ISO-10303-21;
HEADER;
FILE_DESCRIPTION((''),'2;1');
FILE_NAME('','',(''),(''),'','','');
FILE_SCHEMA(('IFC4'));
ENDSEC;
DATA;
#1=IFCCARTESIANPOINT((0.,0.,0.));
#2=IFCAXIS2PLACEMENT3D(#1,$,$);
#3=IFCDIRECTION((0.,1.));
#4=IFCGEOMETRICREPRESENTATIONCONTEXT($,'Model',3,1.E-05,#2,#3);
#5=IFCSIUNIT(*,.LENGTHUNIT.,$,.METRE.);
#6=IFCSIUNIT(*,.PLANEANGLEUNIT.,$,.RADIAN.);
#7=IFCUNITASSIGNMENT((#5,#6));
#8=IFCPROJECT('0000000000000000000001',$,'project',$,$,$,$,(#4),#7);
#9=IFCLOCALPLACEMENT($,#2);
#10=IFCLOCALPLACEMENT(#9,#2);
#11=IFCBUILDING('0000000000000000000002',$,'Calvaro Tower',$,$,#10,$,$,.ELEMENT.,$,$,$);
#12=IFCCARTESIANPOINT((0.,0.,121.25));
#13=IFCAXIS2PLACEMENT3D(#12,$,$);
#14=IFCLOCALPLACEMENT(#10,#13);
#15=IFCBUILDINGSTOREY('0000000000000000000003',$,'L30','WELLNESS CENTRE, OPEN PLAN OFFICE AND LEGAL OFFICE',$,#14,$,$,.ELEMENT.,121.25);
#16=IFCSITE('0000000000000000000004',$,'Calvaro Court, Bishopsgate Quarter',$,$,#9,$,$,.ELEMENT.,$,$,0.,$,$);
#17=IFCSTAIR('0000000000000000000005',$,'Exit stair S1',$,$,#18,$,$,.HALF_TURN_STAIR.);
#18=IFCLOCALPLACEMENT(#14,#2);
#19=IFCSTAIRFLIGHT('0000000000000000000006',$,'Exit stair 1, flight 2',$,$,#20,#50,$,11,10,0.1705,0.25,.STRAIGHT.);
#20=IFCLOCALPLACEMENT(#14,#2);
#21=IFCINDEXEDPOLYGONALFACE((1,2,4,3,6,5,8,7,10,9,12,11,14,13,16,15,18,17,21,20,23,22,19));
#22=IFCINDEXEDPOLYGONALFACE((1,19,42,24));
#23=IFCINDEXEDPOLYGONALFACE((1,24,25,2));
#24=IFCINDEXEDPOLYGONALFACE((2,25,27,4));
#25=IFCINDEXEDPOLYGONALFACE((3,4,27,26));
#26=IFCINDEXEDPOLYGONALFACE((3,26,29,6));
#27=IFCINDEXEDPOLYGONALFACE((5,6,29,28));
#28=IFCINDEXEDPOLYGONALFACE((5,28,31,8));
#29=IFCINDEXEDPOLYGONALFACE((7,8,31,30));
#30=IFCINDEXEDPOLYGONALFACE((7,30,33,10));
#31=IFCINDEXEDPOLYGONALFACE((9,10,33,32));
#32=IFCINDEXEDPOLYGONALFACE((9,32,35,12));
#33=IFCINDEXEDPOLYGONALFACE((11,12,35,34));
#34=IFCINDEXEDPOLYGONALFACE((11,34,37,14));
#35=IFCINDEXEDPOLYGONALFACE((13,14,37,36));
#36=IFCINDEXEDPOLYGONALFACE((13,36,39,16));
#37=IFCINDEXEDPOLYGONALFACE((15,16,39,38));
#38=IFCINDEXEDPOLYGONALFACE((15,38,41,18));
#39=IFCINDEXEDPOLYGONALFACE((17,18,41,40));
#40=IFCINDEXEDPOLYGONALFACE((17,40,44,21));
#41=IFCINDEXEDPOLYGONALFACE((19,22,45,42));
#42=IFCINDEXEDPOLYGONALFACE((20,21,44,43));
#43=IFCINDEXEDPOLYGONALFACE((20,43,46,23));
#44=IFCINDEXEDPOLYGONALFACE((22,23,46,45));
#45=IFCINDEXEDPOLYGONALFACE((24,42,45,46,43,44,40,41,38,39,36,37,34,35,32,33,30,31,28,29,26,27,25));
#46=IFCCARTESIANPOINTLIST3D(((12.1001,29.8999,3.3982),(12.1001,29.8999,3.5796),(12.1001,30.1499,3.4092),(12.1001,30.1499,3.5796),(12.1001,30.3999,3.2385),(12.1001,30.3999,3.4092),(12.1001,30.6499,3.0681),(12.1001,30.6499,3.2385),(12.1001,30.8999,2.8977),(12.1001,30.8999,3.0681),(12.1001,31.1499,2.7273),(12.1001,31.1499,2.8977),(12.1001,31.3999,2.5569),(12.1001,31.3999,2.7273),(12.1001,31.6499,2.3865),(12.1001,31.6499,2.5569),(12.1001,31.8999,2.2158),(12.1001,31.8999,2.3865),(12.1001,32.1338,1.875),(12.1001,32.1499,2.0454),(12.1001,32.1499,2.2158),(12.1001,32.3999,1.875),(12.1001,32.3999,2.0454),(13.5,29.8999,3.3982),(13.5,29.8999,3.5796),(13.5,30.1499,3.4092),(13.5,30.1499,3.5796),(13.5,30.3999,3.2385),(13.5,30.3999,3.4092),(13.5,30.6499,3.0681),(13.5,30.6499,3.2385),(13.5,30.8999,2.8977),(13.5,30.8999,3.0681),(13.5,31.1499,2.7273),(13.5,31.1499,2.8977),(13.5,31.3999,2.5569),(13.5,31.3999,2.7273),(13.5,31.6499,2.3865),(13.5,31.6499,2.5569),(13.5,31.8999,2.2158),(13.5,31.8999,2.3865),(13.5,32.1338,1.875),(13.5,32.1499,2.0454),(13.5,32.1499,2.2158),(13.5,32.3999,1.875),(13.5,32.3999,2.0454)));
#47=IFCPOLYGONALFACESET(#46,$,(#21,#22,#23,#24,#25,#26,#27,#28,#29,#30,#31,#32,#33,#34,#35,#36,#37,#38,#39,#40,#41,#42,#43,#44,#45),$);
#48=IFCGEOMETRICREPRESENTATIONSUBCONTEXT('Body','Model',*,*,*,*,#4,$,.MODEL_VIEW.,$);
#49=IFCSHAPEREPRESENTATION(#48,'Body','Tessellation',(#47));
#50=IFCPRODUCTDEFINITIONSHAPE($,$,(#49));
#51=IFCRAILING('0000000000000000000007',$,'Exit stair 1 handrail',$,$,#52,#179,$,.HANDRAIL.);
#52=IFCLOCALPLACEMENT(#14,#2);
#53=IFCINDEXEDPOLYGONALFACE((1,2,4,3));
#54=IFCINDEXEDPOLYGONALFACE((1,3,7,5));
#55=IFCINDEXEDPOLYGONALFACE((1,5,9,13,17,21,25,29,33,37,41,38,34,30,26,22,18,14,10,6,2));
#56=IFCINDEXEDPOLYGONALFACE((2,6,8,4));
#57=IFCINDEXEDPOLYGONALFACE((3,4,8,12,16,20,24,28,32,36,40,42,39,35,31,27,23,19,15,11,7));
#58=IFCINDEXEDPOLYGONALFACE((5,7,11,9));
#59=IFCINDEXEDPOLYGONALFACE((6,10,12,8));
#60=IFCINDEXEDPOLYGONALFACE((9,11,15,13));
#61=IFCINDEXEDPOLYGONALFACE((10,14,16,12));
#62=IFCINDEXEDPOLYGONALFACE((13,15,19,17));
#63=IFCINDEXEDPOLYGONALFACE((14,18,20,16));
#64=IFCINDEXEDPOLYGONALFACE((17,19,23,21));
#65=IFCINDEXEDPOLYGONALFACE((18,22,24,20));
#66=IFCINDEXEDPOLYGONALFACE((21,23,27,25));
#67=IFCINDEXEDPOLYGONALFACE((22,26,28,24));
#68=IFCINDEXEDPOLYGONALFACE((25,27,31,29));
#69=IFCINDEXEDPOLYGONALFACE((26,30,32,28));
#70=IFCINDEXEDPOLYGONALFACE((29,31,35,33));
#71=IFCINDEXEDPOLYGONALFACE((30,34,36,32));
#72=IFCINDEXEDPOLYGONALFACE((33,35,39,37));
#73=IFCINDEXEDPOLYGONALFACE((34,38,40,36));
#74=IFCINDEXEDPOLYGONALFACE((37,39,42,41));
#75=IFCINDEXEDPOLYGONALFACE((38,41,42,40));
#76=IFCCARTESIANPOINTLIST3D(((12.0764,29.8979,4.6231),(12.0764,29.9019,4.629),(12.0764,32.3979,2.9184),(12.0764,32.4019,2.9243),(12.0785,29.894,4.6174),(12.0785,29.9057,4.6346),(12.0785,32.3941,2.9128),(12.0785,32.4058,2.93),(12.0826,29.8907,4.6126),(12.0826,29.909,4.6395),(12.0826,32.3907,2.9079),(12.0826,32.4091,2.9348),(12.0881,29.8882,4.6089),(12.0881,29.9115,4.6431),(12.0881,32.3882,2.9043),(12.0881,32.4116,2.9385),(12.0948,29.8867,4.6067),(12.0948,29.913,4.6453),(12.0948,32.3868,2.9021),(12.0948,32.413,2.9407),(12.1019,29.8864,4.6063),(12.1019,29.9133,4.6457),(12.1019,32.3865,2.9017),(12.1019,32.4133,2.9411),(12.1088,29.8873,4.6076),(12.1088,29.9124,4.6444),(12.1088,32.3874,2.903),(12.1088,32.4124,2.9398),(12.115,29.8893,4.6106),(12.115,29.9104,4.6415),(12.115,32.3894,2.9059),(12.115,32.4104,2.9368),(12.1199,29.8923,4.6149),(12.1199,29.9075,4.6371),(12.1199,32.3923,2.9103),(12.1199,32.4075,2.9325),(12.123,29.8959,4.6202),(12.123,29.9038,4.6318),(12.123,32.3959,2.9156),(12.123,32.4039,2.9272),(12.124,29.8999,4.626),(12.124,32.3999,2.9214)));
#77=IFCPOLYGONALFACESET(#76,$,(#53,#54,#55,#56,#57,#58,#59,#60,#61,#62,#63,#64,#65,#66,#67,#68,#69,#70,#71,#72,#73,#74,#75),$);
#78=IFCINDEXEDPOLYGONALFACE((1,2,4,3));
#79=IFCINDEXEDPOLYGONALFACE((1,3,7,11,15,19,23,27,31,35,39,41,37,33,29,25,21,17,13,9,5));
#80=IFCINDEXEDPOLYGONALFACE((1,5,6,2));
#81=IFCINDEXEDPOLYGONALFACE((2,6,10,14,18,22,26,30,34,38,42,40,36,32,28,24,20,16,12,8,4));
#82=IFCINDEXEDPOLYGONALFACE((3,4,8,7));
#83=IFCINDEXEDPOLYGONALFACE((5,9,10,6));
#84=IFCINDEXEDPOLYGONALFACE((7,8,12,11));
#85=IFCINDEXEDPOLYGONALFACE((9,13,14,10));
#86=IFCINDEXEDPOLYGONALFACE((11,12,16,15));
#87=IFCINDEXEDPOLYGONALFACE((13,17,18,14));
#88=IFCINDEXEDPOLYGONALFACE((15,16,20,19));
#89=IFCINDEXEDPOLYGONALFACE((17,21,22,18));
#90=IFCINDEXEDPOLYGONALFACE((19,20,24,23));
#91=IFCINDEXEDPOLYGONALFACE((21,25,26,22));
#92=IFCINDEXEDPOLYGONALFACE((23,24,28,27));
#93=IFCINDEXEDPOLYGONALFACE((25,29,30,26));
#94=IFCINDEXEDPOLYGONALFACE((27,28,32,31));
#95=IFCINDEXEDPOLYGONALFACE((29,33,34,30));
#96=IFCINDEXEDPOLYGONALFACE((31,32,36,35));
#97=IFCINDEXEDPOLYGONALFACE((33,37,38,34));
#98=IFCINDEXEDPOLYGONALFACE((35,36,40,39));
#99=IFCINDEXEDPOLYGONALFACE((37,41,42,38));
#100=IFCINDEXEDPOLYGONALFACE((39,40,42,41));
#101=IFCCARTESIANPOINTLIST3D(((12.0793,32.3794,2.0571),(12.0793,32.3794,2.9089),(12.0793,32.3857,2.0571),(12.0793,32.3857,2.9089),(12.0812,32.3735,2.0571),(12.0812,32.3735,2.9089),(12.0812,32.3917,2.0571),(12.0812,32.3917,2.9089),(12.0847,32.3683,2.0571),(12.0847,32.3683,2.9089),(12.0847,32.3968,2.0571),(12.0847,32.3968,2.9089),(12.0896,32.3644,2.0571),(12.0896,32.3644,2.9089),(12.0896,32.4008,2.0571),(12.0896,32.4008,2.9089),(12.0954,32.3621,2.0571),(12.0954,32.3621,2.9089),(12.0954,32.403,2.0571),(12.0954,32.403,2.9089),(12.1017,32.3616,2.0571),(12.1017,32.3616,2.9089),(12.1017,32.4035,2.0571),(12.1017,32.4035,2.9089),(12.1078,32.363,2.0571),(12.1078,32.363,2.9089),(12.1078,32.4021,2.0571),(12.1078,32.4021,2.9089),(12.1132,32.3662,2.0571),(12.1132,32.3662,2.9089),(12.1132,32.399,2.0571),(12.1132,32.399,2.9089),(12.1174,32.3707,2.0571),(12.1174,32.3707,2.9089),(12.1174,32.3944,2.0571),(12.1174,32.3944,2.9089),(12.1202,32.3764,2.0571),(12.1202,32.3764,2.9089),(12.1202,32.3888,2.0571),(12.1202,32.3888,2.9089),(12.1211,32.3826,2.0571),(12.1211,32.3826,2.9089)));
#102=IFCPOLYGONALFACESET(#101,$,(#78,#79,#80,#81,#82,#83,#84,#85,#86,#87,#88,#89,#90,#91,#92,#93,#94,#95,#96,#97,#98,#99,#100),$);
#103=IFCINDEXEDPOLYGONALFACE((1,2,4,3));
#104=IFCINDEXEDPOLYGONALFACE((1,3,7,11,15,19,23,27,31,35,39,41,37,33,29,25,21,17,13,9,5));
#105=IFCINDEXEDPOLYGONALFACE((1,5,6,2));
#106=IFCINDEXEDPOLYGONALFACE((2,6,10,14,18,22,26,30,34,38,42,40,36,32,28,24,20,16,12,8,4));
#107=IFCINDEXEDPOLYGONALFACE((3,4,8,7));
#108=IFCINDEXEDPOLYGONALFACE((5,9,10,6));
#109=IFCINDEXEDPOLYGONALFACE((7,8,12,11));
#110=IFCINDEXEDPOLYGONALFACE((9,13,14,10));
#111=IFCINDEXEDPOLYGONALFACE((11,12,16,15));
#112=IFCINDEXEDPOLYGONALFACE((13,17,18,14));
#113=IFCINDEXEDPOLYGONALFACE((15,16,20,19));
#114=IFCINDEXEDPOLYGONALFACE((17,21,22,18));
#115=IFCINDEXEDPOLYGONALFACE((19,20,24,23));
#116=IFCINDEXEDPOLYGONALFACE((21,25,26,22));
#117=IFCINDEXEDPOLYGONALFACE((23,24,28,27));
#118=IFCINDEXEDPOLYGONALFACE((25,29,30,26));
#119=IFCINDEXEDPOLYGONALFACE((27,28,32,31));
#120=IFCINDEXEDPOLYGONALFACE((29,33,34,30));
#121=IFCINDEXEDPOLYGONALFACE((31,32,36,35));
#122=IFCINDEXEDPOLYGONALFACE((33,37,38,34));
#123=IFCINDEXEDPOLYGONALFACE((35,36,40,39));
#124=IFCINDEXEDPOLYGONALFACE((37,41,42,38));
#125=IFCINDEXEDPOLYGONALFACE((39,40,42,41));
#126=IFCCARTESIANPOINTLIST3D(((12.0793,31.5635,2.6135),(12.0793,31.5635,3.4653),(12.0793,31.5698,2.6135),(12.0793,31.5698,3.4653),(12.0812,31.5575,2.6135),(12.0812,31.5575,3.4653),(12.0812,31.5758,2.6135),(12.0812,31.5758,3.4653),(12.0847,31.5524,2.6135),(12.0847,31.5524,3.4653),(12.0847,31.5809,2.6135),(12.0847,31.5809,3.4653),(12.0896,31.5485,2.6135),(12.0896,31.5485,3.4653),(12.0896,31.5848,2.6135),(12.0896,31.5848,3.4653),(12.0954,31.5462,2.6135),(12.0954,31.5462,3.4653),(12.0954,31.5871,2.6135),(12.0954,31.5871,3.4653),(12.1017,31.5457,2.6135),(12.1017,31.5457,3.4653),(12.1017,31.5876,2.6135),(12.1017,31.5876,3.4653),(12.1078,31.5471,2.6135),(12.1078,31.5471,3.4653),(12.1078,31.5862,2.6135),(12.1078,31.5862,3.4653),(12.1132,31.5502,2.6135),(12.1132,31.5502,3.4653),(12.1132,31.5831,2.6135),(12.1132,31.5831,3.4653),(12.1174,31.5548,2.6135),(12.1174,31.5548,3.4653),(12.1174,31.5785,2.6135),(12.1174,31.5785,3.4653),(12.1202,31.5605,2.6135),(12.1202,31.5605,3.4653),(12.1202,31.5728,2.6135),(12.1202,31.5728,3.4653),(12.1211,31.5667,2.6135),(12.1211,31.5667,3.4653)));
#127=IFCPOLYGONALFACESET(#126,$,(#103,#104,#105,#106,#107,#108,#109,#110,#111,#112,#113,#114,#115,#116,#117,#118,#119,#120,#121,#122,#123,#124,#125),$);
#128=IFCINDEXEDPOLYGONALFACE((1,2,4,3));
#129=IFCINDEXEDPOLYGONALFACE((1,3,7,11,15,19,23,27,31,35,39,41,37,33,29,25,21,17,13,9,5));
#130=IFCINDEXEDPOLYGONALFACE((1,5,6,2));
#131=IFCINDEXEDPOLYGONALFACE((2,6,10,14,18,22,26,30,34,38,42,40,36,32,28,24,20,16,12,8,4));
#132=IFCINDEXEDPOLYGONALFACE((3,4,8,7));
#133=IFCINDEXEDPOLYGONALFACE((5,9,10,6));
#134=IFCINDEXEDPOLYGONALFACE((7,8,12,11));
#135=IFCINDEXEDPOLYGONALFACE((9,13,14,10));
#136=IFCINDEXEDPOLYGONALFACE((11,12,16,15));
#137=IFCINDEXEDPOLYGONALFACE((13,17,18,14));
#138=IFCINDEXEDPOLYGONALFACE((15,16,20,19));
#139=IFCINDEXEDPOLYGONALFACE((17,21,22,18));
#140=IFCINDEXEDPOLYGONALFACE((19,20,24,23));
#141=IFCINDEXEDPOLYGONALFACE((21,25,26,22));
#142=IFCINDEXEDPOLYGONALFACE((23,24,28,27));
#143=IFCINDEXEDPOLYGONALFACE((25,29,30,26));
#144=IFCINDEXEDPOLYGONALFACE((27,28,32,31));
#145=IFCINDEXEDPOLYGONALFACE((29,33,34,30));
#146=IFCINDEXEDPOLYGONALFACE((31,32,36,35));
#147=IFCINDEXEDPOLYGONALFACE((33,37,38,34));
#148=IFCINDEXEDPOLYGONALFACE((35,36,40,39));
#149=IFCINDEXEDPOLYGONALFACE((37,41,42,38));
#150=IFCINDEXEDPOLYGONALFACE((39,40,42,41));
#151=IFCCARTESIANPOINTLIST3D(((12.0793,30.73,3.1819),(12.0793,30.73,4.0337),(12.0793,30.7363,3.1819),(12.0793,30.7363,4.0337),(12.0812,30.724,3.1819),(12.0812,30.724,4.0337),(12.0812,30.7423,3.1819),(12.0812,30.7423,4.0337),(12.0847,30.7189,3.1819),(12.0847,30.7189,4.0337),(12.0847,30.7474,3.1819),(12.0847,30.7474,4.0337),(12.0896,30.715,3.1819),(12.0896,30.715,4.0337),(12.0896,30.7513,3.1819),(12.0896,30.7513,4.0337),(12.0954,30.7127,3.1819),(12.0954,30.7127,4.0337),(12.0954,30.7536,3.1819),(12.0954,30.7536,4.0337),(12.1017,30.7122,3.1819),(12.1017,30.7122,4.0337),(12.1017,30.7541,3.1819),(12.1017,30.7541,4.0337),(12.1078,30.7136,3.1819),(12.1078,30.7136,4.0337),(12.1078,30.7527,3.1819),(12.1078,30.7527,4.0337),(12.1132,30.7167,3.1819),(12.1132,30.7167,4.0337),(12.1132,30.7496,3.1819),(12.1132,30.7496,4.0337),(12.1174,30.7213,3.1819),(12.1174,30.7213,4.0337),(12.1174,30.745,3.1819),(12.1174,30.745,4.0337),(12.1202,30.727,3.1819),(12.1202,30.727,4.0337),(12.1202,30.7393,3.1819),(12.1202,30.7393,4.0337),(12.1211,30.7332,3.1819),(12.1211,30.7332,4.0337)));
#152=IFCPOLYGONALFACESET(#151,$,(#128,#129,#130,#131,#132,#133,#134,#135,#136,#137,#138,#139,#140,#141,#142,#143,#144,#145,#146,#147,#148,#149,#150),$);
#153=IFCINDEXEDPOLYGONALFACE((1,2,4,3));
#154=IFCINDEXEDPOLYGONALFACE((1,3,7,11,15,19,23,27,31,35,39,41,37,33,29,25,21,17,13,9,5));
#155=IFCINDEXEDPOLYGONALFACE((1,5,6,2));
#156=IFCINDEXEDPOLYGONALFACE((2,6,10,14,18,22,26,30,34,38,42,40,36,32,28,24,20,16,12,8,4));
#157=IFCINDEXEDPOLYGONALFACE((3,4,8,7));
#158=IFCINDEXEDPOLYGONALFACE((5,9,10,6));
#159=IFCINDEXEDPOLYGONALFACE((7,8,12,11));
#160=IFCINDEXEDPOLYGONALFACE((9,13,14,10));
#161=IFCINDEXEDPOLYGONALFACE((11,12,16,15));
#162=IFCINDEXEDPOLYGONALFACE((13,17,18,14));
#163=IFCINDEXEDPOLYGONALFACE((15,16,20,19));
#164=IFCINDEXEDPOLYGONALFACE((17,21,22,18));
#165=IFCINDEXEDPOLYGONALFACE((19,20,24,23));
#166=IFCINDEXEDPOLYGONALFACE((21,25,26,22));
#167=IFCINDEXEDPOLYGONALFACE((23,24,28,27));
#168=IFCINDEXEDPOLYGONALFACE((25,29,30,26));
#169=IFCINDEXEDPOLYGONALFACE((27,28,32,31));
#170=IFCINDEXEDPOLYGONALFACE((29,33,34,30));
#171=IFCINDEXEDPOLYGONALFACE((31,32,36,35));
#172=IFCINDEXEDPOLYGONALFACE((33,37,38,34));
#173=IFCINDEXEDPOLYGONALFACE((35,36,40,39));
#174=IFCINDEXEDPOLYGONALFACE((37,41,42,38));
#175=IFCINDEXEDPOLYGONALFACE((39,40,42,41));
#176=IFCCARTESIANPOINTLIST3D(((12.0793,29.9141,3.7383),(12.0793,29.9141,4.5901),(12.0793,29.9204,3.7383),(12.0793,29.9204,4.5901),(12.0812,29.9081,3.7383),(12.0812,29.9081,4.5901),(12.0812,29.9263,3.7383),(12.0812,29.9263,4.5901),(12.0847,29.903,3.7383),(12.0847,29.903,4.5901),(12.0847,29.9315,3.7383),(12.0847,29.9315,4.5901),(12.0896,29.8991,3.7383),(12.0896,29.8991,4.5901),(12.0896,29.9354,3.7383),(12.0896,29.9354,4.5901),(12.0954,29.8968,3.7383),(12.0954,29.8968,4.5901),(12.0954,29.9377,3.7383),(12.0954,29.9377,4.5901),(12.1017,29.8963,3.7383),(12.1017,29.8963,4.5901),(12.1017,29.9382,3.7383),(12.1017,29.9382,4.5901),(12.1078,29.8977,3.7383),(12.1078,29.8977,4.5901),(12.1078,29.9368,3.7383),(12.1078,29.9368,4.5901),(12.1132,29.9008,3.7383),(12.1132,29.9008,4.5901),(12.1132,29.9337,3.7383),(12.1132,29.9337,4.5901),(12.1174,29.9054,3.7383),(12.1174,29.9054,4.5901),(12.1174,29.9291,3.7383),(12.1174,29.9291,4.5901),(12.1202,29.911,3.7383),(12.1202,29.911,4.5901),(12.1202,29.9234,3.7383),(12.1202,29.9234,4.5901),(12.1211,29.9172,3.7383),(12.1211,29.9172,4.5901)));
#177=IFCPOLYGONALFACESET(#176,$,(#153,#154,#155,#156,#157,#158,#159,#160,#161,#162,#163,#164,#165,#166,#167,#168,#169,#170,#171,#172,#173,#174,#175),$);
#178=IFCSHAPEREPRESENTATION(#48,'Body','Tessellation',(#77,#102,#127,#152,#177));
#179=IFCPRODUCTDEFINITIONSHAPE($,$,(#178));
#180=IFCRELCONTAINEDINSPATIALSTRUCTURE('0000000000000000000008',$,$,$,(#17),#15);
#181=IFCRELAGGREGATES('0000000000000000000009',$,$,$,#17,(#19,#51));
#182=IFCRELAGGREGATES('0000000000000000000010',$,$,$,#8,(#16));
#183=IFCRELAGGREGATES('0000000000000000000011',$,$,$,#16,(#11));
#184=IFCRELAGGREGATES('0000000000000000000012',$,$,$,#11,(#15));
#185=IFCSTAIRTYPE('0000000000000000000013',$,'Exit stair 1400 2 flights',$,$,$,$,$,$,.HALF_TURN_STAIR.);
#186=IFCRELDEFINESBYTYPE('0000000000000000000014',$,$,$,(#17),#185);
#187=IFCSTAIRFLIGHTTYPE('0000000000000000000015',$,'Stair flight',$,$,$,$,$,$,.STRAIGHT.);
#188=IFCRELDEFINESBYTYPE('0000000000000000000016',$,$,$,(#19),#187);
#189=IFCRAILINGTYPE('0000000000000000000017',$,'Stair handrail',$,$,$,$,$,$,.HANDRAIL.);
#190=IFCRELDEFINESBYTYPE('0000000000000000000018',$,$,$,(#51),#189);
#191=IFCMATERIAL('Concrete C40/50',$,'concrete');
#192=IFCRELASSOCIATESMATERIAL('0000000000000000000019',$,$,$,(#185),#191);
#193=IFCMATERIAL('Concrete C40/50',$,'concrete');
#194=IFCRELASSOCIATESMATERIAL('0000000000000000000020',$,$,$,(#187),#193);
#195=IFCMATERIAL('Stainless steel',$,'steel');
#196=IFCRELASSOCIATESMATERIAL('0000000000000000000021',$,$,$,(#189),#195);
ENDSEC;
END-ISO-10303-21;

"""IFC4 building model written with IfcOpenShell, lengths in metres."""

from ifc_helpers import new_model, si_unit, direction, frame, origin, origin_2d, place, context, subcontext, project, spatial, polyline, circle, outline, extrude, material, type_object, element, aggregate, save


model = new_model("IFC4")

# Units and contexts
model_context = context("Model", 3, precision=1e-05, world=origin(), true_north=direction((0.0, 1.0)))
body_context = subcontext(model_context, "Body", "Model", "MODEL_VIEW")
ifc_project = project(units=[si_unit("LENGTHUNIT", "METRE"), si_unit("PLANEANGLEUNIT", "RADIAN")], contexts=[model_context])

# Site, building, storey
site_placement = place(None, origin())
site = spatial("IfcSite", under=ifc_project, at=site_placement, Name="Calvaro Court, Bishopsgate Quarter", CompositionType="ELEMENT", RefElevation=0.0)
building_placement = place(site_placement, origin())
building = spatial("IfcBuilding", under=site, at=building_placement, Name="Calvaro Tower", CompositionType="ELEMENT")
storey_placement = place(building_placement, frame((0.0, 0.0, 121.25)))
storey = spatial("IfcBuildingStorey", under=building, at=storey_placement, Name="L30", Description="WELLNESS CENTRE, OPEN PLAN OFFICE AND LEGAL OFFICE", CompositionType="ELEMENT", Elevation=121.25)

# Stair, stair flight, railing
ifc_material_1 = material(Name="Concrete C40/50", Category="concrete")
stair_type = type_object("IfcStairType", Name="Exit stair 1400 2 flights", PredefinedType="HALF_TURN_STAIR", material=ifc_material_1)
stair_placement = place(storey_placement, origin())
stair = element("IfcStair", 1, at=stair_placement, inside=storey, type_object=stair_type, Name="Exit stair S1", PredefinedType="HALF_TURN_STAIR")
ifc_material_2 = material(Name="Concrete C40/50", Category="concrete")
stair_flight_type = type_object("IfcStairFlightType", Name="Stair flight", PredefinedType="STRAIGHT", material=ifc_material_2)
stair_flight_placement = place(storey_placement, frame((12.8, 32.3999, 1.875), z_axis=(0.0, 0.0, 1.0), x_axis=(0.0, -1.0, 0.0)))
stair_flight = element("IfcStairFlight", 2, at=stair_flight_placement, type_object=stair_flight_type, Name="Exit stair 1, flight 2", NumberOfRisers=11, NumberOfTreads=10, PredefinedType="STRAIGHT", RiserHeight=0.1705, TreadLength=0.25, context=body_context, shape_type="SweptSolid", body=[
    extrude(outline(polyline([(0.0, 0.0), (0.0, 0.1704), (0.25, 0.1704), (0.25, 0.3408), (0.5, 0.3408), (0.5, 0.5115), (0.75, 0.5115), (0.75, 0.6819), (1.0, 0.6819), (1.0, 0.8523), (1.25, 0.8523), (1.25, 1.0227), (1.5, 1.0227), (1.5, 1.1931), (1.75, 1.1931), (1.75, 1.3635), (2.0, 1.3635), (2.0, 1.5342), (2.25, 1.5342), (2.25, 1.7046), (2.5, 1.7046), (2.5, 1.875), (2.5, 1.5232), (0.2661, 0.0), (0.0, 0.0)])), frame((0.0, 0.7, 0.0), z_axis=(0.0, -1.0, 0.0), x_axis=(1.0, 0.0, 0.0)), (0.0, 0.0, 1.0), 1.3999),
])
ifc_material_3 = material(Name="Stainless steel", Category="steel")
railing_type = type_object("IfcRailingType", Name="Stair handrail", PredefinedType="HANDRAIL", material=ifc_material_3)
railing_1_placement = place(storey_placement, frame((12.1001, 32.3999, 2.0454)))
railing_1 = element("IfcRailing", 3, at=railing_1_placement, type_object=railing_type, Name="Exit stair 1 handrail", PredefinedType="HANDRAIL", context=body_context, shape_type="SweptSolid", body=[
    extrude(circle(Radius=0.0239, at=origin_2d()), frame((0.0, 0.0, 0.876), z_axis=(0.0, -0.826221, 0.563347), x_axis=(1.0, 0.0, 0.0)), (0.0, 0.0, 1.0), 3.0259),
    extrude(circle(Radius=0.021, at=origin_2d()), frame((0.0, -0.0173, 0.0117)), (0.0, 0.0, 1.0), 0.8518),
    extrude(circle(Radius=0.021, at=origin_2d()), frame((0.0, -0.8333, 0.5681)), (0.0, 0.0, 1.0), 0.8518),
    extrude(circle(Radius=0.021, at=origin_2d()), frame((0.0, -1.6667, 1.1365)), (0.0, 0.0, 1.0), 0.8518),
    extrude(circle(Radius=0.021, at=origin_2d()), frame((0.0, -2.4827, 1.6929)), (0.0, 0.0, 1.0), 0.8518),
])
aggregate(stair, [stair_flight, railing_1])

save(model, "model.ifc")
